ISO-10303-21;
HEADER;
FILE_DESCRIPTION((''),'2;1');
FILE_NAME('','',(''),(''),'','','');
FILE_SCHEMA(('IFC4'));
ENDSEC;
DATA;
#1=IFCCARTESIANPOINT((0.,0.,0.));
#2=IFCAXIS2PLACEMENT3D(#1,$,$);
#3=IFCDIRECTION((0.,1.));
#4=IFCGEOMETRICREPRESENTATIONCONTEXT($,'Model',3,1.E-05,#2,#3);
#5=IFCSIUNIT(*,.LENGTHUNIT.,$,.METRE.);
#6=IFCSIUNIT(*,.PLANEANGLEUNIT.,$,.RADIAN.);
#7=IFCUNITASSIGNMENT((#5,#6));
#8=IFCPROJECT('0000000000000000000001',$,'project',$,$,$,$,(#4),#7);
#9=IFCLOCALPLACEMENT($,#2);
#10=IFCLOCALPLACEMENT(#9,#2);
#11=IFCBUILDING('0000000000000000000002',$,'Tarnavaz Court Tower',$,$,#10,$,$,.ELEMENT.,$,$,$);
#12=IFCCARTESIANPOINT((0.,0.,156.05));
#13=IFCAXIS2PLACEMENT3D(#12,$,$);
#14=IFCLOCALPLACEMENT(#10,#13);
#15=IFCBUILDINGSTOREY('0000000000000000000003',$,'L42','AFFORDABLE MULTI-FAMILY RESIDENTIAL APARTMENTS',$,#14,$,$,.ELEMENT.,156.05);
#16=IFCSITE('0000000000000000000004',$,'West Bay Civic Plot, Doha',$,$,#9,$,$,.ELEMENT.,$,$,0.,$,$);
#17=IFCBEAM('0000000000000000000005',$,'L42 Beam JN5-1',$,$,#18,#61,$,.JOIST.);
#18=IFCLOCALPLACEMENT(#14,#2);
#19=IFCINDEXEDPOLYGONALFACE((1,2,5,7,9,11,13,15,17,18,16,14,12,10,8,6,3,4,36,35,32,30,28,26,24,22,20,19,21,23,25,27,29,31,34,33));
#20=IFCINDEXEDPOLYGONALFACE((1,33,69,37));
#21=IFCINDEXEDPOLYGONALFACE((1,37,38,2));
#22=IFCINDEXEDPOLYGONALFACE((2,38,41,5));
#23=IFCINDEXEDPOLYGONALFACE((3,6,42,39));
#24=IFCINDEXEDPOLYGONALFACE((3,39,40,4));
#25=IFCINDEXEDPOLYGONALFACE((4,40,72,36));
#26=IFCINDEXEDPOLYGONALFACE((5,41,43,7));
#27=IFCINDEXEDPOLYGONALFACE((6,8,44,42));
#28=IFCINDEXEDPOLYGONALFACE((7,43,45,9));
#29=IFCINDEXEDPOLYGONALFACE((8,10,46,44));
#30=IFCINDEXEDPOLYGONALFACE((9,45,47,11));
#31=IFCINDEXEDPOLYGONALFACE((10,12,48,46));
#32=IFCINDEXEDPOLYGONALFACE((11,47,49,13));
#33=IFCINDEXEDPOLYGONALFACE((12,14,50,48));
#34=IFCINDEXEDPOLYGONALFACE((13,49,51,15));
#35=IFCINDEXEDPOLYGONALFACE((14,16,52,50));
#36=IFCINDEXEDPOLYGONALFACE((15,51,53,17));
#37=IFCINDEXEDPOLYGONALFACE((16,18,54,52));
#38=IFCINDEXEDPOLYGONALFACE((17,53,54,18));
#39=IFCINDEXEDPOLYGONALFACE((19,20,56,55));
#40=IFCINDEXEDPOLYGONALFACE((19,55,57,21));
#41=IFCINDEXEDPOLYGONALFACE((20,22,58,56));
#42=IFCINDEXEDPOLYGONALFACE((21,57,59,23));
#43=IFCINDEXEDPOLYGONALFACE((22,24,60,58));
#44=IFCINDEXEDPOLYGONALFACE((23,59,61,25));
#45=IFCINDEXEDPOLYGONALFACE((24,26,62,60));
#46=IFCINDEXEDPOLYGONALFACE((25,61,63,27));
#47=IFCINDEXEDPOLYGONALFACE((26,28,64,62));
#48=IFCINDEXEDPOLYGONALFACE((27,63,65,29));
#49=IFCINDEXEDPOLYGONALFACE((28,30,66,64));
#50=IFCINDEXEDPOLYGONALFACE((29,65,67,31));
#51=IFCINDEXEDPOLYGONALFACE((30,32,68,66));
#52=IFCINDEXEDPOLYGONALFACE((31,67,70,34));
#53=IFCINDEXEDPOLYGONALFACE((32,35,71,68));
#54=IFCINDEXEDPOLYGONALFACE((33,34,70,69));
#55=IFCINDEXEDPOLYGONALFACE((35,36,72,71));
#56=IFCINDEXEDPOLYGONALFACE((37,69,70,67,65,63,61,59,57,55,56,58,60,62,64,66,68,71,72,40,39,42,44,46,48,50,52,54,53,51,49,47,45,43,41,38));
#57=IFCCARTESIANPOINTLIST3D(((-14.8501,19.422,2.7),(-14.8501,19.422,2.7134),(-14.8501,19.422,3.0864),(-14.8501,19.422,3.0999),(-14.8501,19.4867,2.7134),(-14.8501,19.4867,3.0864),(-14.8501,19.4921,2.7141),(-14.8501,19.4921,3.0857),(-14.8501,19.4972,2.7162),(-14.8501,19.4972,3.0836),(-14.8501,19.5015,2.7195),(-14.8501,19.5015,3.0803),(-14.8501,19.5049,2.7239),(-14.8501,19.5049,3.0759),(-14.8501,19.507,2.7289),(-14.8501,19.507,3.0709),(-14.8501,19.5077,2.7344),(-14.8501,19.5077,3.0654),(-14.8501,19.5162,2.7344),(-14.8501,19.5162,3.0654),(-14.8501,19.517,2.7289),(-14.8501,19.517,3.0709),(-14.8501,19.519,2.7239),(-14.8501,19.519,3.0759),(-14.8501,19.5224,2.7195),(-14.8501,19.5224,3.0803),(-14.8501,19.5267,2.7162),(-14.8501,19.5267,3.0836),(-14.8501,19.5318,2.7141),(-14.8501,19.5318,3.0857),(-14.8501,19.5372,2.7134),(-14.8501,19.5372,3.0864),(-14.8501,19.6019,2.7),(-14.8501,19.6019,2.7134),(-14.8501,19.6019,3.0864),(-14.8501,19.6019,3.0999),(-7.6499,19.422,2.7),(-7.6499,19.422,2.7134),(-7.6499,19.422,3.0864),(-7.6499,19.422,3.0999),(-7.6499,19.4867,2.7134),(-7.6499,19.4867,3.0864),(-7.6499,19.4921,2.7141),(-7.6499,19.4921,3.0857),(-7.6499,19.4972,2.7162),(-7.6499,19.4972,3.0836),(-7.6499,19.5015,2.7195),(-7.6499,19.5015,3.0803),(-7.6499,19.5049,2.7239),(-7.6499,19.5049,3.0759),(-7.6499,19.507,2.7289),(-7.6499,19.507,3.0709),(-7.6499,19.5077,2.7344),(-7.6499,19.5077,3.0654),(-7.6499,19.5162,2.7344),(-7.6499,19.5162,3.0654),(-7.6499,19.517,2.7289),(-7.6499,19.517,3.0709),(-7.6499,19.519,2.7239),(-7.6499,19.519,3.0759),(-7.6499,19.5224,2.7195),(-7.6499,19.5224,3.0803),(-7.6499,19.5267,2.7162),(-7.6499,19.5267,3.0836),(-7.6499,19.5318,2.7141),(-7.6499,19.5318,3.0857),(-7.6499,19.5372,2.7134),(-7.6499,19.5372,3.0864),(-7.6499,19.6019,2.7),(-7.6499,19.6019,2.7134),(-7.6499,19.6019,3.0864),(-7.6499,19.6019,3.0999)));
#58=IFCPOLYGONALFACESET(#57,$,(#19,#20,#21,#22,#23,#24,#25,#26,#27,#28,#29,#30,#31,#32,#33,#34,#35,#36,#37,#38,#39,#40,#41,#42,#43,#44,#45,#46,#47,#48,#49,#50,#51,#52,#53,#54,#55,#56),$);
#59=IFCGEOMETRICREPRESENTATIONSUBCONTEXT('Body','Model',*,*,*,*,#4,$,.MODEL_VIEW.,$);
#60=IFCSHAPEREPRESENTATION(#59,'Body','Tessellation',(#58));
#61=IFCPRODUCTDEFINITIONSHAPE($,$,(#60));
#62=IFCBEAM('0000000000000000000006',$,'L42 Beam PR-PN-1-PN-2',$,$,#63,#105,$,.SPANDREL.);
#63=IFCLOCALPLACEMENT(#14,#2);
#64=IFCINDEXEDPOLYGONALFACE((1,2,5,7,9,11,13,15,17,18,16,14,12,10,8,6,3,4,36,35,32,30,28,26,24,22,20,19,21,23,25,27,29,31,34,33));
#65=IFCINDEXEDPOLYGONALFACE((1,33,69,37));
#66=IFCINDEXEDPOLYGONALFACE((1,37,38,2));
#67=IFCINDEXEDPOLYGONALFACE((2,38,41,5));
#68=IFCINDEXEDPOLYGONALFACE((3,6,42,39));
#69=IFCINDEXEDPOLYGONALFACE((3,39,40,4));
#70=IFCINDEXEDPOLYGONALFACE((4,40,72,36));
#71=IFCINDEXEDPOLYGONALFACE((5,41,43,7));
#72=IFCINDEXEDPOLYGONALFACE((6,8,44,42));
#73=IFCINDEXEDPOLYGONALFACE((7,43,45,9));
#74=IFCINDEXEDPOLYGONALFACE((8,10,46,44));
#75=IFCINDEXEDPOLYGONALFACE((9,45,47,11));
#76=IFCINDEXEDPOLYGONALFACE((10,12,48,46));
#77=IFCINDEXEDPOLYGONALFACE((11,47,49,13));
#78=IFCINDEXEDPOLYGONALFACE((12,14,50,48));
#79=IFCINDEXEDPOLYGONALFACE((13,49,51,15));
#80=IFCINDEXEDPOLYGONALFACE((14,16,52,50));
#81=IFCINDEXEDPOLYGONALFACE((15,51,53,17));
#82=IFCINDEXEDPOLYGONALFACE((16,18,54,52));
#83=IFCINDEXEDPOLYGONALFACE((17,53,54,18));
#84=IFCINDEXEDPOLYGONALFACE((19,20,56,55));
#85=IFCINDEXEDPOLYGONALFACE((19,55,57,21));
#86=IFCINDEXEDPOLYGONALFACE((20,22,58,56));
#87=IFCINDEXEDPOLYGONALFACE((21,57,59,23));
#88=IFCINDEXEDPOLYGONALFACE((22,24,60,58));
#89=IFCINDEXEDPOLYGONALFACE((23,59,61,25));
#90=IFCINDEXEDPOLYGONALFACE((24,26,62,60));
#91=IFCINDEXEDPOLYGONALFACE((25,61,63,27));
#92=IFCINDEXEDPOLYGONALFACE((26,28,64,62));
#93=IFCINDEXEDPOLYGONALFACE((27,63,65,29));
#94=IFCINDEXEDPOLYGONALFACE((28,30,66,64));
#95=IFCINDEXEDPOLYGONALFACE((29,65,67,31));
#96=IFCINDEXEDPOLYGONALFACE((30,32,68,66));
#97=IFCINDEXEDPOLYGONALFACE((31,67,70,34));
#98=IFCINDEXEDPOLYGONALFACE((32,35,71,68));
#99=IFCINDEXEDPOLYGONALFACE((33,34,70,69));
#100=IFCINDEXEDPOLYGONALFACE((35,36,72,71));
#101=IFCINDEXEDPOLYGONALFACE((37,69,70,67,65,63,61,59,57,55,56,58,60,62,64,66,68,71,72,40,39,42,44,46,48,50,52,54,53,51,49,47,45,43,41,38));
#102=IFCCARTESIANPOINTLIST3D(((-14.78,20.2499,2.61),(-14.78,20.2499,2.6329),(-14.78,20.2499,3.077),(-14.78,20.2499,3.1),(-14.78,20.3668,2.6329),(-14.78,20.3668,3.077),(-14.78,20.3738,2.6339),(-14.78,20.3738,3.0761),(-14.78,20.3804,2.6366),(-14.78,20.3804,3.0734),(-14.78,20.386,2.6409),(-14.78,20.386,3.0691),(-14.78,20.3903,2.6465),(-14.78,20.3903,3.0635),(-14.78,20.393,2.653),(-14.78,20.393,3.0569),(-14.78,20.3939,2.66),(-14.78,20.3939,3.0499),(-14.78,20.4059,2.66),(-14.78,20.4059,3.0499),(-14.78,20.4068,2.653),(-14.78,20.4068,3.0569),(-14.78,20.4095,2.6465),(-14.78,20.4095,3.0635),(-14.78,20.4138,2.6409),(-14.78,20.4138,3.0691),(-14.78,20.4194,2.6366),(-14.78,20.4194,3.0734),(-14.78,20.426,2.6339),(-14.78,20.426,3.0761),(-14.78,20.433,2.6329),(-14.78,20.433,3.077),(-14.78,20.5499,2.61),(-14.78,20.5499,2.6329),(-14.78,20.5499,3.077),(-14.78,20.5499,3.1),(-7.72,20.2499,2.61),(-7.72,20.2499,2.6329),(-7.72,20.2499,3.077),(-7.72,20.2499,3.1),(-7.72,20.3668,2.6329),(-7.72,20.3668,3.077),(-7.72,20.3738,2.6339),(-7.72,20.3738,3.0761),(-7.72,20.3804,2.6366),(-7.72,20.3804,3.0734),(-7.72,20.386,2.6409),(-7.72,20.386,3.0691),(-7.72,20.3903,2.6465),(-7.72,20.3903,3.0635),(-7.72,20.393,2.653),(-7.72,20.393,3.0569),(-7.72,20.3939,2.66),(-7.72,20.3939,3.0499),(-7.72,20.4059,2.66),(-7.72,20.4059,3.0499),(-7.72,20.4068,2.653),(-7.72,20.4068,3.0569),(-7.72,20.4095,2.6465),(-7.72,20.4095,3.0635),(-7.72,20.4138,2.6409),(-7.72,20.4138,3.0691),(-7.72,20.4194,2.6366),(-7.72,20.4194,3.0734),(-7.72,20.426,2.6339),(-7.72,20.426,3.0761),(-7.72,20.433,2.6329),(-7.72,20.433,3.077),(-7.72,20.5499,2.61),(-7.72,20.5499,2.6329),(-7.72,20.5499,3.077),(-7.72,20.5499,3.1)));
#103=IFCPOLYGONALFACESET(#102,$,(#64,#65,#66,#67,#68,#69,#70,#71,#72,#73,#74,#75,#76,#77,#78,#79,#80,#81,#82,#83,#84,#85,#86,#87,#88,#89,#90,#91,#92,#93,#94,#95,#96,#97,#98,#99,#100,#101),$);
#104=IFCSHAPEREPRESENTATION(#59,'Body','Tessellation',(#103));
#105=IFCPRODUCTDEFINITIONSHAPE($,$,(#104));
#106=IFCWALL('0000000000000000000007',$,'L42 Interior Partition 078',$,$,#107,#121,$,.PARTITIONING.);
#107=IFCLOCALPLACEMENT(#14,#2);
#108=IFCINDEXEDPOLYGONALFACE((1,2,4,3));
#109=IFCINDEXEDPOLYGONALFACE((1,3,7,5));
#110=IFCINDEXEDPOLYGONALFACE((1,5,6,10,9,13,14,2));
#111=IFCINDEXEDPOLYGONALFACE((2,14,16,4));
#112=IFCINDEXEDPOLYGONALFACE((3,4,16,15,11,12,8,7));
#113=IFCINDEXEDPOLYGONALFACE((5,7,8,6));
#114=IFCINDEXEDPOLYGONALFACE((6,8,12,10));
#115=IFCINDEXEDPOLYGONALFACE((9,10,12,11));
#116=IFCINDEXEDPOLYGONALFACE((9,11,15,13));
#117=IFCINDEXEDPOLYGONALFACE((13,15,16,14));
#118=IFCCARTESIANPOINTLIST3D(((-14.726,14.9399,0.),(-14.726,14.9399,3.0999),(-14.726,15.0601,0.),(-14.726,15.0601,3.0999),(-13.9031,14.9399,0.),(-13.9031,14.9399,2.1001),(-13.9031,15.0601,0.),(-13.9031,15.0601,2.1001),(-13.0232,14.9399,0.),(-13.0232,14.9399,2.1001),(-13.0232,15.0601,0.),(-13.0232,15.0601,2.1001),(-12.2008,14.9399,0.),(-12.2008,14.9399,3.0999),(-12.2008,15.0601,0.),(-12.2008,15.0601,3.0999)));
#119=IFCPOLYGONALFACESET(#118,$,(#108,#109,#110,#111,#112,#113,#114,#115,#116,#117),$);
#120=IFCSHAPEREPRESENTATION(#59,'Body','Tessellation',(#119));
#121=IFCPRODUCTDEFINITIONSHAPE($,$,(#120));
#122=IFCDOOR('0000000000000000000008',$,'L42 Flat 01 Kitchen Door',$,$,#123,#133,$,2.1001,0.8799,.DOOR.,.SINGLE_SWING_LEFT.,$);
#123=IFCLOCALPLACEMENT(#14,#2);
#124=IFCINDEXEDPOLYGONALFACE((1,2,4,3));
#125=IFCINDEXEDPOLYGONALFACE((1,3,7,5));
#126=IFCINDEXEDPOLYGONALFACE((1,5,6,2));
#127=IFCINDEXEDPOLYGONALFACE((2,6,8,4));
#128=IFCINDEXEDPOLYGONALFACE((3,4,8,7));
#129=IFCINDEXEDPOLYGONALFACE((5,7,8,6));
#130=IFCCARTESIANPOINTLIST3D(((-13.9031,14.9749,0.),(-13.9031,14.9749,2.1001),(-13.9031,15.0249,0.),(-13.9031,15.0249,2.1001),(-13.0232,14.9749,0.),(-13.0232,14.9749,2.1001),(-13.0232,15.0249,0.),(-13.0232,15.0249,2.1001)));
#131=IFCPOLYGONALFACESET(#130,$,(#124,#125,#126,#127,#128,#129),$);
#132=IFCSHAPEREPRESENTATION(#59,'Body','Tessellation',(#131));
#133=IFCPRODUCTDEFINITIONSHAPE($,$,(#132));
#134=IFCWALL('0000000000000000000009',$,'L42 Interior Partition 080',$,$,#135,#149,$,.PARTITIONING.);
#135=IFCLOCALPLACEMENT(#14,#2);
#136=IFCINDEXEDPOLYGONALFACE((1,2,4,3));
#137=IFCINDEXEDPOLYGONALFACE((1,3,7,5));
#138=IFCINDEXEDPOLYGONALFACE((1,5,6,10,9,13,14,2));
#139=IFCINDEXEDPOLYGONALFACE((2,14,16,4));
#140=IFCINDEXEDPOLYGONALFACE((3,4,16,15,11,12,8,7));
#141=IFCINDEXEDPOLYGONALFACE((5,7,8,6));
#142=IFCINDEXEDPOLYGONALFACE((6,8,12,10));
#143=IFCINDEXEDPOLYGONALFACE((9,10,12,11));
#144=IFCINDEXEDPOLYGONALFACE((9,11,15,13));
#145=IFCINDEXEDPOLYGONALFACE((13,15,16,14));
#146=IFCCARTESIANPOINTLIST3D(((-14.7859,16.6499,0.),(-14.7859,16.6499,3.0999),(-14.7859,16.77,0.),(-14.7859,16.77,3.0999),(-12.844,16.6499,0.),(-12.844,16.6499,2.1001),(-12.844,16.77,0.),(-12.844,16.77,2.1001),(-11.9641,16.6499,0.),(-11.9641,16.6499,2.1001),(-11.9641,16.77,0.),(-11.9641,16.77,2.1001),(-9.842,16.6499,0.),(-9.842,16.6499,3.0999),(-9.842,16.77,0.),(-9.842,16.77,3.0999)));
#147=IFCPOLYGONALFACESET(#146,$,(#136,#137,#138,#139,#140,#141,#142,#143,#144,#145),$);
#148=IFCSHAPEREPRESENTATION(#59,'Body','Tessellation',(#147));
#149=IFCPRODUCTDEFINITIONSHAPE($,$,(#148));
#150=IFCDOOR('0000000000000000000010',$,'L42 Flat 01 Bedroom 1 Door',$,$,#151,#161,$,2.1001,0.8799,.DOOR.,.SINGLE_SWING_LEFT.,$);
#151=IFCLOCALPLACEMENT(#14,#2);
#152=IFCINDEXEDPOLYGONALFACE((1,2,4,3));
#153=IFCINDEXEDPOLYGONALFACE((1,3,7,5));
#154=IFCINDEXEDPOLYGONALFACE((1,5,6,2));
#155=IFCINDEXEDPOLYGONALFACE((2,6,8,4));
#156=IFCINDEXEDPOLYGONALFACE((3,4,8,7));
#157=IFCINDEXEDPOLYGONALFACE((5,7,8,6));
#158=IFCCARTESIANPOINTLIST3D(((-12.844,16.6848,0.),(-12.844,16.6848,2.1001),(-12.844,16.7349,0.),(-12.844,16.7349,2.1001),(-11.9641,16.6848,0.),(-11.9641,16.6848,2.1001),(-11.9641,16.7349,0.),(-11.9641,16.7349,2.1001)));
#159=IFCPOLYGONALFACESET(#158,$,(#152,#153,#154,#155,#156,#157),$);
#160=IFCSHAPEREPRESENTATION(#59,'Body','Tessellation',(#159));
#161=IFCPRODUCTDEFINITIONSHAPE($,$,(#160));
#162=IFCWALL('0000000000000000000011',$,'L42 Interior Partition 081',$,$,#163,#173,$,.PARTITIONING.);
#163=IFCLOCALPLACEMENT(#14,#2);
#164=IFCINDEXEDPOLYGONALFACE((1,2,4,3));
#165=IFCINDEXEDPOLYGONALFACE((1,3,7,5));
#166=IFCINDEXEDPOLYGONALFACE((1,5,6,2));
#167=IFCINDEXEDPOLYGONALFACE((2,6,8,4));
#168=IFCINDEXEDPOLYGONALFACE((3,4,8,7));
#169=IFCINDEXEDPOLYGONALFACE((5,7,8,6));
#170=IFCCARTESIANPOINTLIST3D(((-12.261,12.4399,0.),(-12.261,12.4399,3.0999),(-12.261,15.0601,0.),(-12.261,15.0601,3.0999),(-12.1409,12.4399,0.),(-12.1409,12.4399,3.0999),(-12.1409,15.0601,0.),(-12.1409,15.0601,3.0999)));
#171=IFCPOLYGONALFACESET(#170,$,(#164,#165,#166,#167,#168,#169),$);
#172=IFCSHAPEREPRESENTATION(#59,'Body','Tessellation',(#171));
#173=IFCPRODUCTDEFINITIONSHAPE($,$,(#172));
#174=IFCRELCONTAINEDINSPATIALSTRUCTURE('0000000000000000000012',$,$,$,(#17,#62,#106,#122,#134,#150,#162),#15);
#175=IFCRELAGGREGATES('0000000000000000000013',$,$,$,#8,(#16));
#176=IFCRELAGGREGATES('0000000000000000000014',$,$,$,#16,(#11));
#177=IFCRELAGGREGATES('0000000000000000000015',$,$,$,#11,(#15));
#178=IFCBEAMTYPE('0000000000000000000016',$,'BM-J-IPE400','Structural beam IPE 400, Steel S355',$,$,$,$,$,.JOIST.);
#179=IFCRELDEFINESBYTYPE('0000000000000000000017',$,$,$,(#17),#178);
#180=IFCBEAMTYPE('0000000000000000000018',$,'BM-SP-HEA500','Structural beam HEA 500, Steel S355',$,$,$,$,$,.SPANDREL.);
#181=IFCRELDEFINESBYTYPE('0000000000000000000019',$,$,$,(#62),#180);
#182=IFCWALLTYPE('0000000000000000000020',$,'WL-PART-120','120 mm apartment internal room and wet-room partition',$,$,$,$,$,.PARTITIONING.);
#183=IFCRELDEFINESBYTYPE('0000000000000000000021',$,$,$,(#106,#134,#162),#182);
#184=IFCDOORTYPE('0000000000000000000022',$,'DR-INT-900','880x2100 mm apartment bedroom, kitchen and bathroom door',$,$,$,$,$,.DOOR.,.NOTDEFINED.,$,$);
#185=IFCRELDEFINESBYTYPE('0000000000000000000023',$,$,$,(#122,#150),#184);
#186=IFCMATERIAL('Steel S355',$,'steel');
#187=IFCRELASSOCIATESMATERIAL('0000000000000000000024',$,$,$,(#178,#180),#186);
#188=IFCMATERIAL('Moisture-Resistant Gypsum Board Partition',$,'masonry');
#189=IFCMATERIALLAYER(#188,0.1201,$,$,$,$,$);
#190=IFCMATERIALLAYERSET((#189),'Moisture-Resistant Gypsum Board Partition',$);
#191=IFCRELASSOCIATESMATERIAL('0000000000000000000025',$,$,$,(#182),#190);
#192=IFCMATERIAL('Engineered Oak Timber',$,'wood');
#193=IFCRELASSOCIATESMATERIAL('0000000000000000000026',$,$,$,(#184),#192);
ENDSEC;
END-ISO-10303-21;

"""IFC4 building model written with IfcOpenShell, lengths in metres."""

from ifc_helpers import new_model, si_unit, direction, frame, frame_2d, origin, origin_2d, place, context, subcontext, project, spatial, rectangle, i_section, extrude, material, layer, layer_set, material_profile, profile_set, type_object, element, fill, save


model = new_model("IFC4")

# Units and contexts
model_context = context("Model", 3, precision=1e-05, world=origin(), true_north=direction((0.0, 1.0)))
body_context = subcontext(model_context, "Body", "Model", "MODEL_VIEW")
ifc_project = project(units=[si_unit("LENGTHUNIT", "METRE"), si_unit("PLANEANGLEUNIT", "RADIAN")], contexts=[model_context])

# Site, building, storey
site_placement = place(None, origin())
site = spatial("IfcSite", under=ifc_project, at=site_placement, Name="West Bay Civic Plot, Doha", CompositionType="ELEMENT", RefElevation=0.0)
building_placement = place(site_placement, origin())
building = spatial("IfcBuilding", under=site, at=building_placement, Name="Tarnavaz Court Tower", CompositionType="ELEMENT")
storey_placement = place(building_placement, frame((0.0, 0.0, 156.05)))
storey = spatial("IfcBuildingStorey", under=building, at=storey_placement, Name="L42", Description="AFFORDABLE MULTI-FAMILY RESIDENTIAL APARTMENTS", CompositionType="ELEMENT", Elevation=156.05)

# Beams
ifc_material_1 = material(Name="Steel S355", Category="steel")
ifc_material_profile_1 = material_profile(ifc_material_1, i_section(OverallWidth=0.1799, OverallDepth=0.3999, WebThickness=0.0085, FlangeThickness=0.0134, FilletRadius=0.021, at=origin_2d()), Name="IPE 400")
ifc_profile_set_1 = profile_set([ifc_material_profile_1], Name="Steel S355")
beam_type_1 = type_object("IfcBeamType", Name="BM-J-IPE400", Description="Structural beam IPE 400, Steel S355", PredefinedType="JOIST", material=ifc_profile_set_1)
for number, where, z_axis, x_axis, name in (
    (1, (-14.8501, 19.512, 2.8999), (1.0, 0.0, 0.0), (0.0, 1.0, 0.0), "L42 Beam JN5-1"),
):
    element("IfcBeam", number, at=place(storey_placement, frame(where, z_axis=z_axis, x_axis=x_axis)), inside=storey, type_object=beam_type_1, Name=name, PredefinedType="JOIST", context=body_context, shape_type="SweptSolid", body=[
        extrude(i_section(OverallWidth=0.1799, OverallDepth=0.3999, WebThickness=0.0085, FlangeThickness=0.0134, FilletRadius=0.021, at=origin_2d()), origin(), (0.0, 0.0, 1.0), 7.2002),
    ])
ifc_material_profile_2 = material_profile(ifc_material_1, i_section(OverallWidth=0.3, OverallDepth=0.49, WebThickness=0.012, FlangeThickness=0.0229, FilletRadius=0.0271, at=origin_2d()), Name="HEA 500")
ifc_profile_set_2 = profile_set([ifc_material_profile_2], Name="Steel S355")
beam_type_2 = type_object("IfcBeamType", Name="BM-SP-HEA500", Description="Structural beam HEA 500, Steel S355", PredefinedType="SPANDREL", material=ifc_profile_set_2)
beam_placement = place(storey_placement, frame((-14.78, 20.3999, 2.855), z_axis=(1.0, 0.0, 0.0), x_axis=(0.0, 1.0, 0.0)))
element("IfcBeam", 2, at=beam_placement, inside=storey, type_object=beam_type_2, Name="L42 Beam PR-PN-1-PN-2", PredefinedType="SPANDREL", context=body_context, shape_type="SweptSolid", body=[
    extrude(i_section(OverallWidth=0.3, OverallDepth=0.49, WebThickness=0.012, FlangeThickness=0.0229, FilletRadius=0.0271, at=origin_2d()), origin(), (0.0, 0.0, 1.0), 7.0601),
])

# Walls, openings, doors
ifc_material_2 = material(Name="Moisture-Resistant Gypsum Board Partition", Category="masonry")
ifc_layer = layer(ifc_material_2, 0.1201)
ifc_layer_set = layer_set([ifc_layer], Name="Moisture-Resistant Gypsum Board Partition")
wall_type = type_object("IfcWallType", Name="WL-PART-120", Description="120 mm apartment internal room and wet-room partition", PredefinedType="PARTITIONING", material=ifc_layer_set)
wall_1_placement = place(storey_placement, frame((-14.7261, 15.0, 0.0), z_axis=(0.0, 0.0, 1.0), x_axis=(1.0, 0.0, 0.0)))
wall_1 = element("IfcWall", 3, at=wall_1_placement, inside=storey, type_object=wall_type, Name="L42 Interior Partition 078", PredefinedType="PARTITIONING", context=body_context, shape_type="SweptSolid", body=[
    extrude(rectangle(XDim=2.5251, YDim=0.1201, at=frame_2d((1.2627, 0.0))), origin(), (0.0, 0.0, 1.0), 3.0999),
])
opening_1_placement = place(wall_1_placement, frame((0.823, 0.0, 0.0)))
opening_1 = element("IfcOpeningElement", 4, at=opening_1_placement, cuts=wall_1, PredefinedType="OPENING", context=body_context, shape_type="SweptSolid", body=[
    extrude(rectangle(XDim=0.8799, YDim=2.1001, at=frame_2d((0.4399, 1.05))), frame((0.0, 0.0701, 0.0), z_axis=(0.0, -1.0, 0.0), x_axis=(1.0, 0.0, 0.0)), (0.0, 0.0, 1.0), 0.1401),
])
ifc_material_3 = material(Name="Engineered Oak Timber", Category="wood")
door_type = type_object("IfcDoorType", Name="DR-INT-900", Description="880x2100 mm apartment bedroom, kitchen and bathroom door", OperationType="NOTDEFINED", PredefinedType="DOOR", material=ifc_material_3)
door_1_placement = place(opening_1_placement, origin())
door_1 = element("IfcDoor", 5, at=door_1_placement, inside=storey, type_object=door_type, Name="L42 Flat 01 Kitchen Door", OperationType="SINGLE_SWING_LEFT", OverallHeight=2.1001, OverallWidth=0.8799, PredefinedType="DOOR", context=body_context, shape_type="SweptSolid", body=[
    extrude(rectangle(XDim=0.8799, YDim=2.1001, at=frame_2d((0.4399, 1.05))), frame((0.0, 0.0249, 0.0), z_axis=(0.0, -1.0, 0.0), x_axis=(1.0, 0.0, 0.0)), (0.0, 0.0, 1.0), 0.05),
])
fill(opening_1, door_1)
wall_2_placement = place(storey_placement, frame((-14.7859, 16.71, 0.0), z_axis=(0.0, 0.0, 1.0), x_axis=(1.0, 0.0, 0.0)))
wall_2 = element("IfcWall", 6, at=wall_2_placement, inside=storey, type_object=wall_type, Name="L42 Interior Partition 080", PredefinedType="PARTITIONING", context=body_context, shape_type="SweptSolid", body=[
    extrude(rectangle(XDim=4.9438, YDim=0.1201, at=frame_2d((2.4719, 0.0))), origin(), (0.0, 0.0, 1.0), 3.0999),
])
opening_2_placement = place(wall_2_placement, frame((1.9419, 0.0, 0.0)))
opening_2 = element("IfcOpeningElement", 7, at=opening_2_placement, cuts=wall_2, PredefinedType="OPENING", context=body_context, shape_type="SweptSolid", body=[
    extrude(rectangle(XDim=0.8799, YDim=2.1001, at=frame_2d((0.4399, 1.05))), frame((0.0, 0.0701, 0.0), z_axis=(0.0, -1.0, 0.0), x_axis=(1.0, 0.0, 0.0)), (0.0, 0.0, 1.0), 0.1401),
])
door_2_placement = place(opening_2_placement, origin())
door_2 = element("IfcDoor", 8, at=door_2_placement, inside=storey, type_object=door_type, Name="L42 Flat 01 Bedroom 1 Door", OperationType="SINGLE_SWING_LEFT", OverallHeight=2.1001, OverallWidth=0.8799, PredefinedType="DOOR", context=body_context, shape_type="SweptSolid", body=[
    extrude(rectangle(XDim=0.8799, YDim=2.1001, at=frame_2d((0.4399, 1.05))), frame((0.0, 0.0249, 0.0), z_axis=(0.0, -1.0, 0.0), x_axis=(1.0, 0.0, 0.0)), (0.0, 0.0, 1.0), 0.05),
])
fill(opening_2, door_2)

# Wall
wall_3_placement = place(storey_placement, frame((-12.2009, 12.4399, 0.0), z_axis=(0.0, 0.0, 1.0), x_axis=(0.0, 1.0, 0.0)))
element("IfcWall", 9, at=wall_3_placement, inside=storey, type_object=wall_type, Name="L42 Interior Partition 081", PredefinedType="PARTITIONING", context=body_context, shape_type="SweptSolid", body=[
    extrude(rectangle(XDim=2.6201, YDim=0.1201, at=frame_2d((1.3101, 0.0))), origin(), (0.0, 0.0, 1.0), 3.0999),
])

save(model, "model.ifc")
